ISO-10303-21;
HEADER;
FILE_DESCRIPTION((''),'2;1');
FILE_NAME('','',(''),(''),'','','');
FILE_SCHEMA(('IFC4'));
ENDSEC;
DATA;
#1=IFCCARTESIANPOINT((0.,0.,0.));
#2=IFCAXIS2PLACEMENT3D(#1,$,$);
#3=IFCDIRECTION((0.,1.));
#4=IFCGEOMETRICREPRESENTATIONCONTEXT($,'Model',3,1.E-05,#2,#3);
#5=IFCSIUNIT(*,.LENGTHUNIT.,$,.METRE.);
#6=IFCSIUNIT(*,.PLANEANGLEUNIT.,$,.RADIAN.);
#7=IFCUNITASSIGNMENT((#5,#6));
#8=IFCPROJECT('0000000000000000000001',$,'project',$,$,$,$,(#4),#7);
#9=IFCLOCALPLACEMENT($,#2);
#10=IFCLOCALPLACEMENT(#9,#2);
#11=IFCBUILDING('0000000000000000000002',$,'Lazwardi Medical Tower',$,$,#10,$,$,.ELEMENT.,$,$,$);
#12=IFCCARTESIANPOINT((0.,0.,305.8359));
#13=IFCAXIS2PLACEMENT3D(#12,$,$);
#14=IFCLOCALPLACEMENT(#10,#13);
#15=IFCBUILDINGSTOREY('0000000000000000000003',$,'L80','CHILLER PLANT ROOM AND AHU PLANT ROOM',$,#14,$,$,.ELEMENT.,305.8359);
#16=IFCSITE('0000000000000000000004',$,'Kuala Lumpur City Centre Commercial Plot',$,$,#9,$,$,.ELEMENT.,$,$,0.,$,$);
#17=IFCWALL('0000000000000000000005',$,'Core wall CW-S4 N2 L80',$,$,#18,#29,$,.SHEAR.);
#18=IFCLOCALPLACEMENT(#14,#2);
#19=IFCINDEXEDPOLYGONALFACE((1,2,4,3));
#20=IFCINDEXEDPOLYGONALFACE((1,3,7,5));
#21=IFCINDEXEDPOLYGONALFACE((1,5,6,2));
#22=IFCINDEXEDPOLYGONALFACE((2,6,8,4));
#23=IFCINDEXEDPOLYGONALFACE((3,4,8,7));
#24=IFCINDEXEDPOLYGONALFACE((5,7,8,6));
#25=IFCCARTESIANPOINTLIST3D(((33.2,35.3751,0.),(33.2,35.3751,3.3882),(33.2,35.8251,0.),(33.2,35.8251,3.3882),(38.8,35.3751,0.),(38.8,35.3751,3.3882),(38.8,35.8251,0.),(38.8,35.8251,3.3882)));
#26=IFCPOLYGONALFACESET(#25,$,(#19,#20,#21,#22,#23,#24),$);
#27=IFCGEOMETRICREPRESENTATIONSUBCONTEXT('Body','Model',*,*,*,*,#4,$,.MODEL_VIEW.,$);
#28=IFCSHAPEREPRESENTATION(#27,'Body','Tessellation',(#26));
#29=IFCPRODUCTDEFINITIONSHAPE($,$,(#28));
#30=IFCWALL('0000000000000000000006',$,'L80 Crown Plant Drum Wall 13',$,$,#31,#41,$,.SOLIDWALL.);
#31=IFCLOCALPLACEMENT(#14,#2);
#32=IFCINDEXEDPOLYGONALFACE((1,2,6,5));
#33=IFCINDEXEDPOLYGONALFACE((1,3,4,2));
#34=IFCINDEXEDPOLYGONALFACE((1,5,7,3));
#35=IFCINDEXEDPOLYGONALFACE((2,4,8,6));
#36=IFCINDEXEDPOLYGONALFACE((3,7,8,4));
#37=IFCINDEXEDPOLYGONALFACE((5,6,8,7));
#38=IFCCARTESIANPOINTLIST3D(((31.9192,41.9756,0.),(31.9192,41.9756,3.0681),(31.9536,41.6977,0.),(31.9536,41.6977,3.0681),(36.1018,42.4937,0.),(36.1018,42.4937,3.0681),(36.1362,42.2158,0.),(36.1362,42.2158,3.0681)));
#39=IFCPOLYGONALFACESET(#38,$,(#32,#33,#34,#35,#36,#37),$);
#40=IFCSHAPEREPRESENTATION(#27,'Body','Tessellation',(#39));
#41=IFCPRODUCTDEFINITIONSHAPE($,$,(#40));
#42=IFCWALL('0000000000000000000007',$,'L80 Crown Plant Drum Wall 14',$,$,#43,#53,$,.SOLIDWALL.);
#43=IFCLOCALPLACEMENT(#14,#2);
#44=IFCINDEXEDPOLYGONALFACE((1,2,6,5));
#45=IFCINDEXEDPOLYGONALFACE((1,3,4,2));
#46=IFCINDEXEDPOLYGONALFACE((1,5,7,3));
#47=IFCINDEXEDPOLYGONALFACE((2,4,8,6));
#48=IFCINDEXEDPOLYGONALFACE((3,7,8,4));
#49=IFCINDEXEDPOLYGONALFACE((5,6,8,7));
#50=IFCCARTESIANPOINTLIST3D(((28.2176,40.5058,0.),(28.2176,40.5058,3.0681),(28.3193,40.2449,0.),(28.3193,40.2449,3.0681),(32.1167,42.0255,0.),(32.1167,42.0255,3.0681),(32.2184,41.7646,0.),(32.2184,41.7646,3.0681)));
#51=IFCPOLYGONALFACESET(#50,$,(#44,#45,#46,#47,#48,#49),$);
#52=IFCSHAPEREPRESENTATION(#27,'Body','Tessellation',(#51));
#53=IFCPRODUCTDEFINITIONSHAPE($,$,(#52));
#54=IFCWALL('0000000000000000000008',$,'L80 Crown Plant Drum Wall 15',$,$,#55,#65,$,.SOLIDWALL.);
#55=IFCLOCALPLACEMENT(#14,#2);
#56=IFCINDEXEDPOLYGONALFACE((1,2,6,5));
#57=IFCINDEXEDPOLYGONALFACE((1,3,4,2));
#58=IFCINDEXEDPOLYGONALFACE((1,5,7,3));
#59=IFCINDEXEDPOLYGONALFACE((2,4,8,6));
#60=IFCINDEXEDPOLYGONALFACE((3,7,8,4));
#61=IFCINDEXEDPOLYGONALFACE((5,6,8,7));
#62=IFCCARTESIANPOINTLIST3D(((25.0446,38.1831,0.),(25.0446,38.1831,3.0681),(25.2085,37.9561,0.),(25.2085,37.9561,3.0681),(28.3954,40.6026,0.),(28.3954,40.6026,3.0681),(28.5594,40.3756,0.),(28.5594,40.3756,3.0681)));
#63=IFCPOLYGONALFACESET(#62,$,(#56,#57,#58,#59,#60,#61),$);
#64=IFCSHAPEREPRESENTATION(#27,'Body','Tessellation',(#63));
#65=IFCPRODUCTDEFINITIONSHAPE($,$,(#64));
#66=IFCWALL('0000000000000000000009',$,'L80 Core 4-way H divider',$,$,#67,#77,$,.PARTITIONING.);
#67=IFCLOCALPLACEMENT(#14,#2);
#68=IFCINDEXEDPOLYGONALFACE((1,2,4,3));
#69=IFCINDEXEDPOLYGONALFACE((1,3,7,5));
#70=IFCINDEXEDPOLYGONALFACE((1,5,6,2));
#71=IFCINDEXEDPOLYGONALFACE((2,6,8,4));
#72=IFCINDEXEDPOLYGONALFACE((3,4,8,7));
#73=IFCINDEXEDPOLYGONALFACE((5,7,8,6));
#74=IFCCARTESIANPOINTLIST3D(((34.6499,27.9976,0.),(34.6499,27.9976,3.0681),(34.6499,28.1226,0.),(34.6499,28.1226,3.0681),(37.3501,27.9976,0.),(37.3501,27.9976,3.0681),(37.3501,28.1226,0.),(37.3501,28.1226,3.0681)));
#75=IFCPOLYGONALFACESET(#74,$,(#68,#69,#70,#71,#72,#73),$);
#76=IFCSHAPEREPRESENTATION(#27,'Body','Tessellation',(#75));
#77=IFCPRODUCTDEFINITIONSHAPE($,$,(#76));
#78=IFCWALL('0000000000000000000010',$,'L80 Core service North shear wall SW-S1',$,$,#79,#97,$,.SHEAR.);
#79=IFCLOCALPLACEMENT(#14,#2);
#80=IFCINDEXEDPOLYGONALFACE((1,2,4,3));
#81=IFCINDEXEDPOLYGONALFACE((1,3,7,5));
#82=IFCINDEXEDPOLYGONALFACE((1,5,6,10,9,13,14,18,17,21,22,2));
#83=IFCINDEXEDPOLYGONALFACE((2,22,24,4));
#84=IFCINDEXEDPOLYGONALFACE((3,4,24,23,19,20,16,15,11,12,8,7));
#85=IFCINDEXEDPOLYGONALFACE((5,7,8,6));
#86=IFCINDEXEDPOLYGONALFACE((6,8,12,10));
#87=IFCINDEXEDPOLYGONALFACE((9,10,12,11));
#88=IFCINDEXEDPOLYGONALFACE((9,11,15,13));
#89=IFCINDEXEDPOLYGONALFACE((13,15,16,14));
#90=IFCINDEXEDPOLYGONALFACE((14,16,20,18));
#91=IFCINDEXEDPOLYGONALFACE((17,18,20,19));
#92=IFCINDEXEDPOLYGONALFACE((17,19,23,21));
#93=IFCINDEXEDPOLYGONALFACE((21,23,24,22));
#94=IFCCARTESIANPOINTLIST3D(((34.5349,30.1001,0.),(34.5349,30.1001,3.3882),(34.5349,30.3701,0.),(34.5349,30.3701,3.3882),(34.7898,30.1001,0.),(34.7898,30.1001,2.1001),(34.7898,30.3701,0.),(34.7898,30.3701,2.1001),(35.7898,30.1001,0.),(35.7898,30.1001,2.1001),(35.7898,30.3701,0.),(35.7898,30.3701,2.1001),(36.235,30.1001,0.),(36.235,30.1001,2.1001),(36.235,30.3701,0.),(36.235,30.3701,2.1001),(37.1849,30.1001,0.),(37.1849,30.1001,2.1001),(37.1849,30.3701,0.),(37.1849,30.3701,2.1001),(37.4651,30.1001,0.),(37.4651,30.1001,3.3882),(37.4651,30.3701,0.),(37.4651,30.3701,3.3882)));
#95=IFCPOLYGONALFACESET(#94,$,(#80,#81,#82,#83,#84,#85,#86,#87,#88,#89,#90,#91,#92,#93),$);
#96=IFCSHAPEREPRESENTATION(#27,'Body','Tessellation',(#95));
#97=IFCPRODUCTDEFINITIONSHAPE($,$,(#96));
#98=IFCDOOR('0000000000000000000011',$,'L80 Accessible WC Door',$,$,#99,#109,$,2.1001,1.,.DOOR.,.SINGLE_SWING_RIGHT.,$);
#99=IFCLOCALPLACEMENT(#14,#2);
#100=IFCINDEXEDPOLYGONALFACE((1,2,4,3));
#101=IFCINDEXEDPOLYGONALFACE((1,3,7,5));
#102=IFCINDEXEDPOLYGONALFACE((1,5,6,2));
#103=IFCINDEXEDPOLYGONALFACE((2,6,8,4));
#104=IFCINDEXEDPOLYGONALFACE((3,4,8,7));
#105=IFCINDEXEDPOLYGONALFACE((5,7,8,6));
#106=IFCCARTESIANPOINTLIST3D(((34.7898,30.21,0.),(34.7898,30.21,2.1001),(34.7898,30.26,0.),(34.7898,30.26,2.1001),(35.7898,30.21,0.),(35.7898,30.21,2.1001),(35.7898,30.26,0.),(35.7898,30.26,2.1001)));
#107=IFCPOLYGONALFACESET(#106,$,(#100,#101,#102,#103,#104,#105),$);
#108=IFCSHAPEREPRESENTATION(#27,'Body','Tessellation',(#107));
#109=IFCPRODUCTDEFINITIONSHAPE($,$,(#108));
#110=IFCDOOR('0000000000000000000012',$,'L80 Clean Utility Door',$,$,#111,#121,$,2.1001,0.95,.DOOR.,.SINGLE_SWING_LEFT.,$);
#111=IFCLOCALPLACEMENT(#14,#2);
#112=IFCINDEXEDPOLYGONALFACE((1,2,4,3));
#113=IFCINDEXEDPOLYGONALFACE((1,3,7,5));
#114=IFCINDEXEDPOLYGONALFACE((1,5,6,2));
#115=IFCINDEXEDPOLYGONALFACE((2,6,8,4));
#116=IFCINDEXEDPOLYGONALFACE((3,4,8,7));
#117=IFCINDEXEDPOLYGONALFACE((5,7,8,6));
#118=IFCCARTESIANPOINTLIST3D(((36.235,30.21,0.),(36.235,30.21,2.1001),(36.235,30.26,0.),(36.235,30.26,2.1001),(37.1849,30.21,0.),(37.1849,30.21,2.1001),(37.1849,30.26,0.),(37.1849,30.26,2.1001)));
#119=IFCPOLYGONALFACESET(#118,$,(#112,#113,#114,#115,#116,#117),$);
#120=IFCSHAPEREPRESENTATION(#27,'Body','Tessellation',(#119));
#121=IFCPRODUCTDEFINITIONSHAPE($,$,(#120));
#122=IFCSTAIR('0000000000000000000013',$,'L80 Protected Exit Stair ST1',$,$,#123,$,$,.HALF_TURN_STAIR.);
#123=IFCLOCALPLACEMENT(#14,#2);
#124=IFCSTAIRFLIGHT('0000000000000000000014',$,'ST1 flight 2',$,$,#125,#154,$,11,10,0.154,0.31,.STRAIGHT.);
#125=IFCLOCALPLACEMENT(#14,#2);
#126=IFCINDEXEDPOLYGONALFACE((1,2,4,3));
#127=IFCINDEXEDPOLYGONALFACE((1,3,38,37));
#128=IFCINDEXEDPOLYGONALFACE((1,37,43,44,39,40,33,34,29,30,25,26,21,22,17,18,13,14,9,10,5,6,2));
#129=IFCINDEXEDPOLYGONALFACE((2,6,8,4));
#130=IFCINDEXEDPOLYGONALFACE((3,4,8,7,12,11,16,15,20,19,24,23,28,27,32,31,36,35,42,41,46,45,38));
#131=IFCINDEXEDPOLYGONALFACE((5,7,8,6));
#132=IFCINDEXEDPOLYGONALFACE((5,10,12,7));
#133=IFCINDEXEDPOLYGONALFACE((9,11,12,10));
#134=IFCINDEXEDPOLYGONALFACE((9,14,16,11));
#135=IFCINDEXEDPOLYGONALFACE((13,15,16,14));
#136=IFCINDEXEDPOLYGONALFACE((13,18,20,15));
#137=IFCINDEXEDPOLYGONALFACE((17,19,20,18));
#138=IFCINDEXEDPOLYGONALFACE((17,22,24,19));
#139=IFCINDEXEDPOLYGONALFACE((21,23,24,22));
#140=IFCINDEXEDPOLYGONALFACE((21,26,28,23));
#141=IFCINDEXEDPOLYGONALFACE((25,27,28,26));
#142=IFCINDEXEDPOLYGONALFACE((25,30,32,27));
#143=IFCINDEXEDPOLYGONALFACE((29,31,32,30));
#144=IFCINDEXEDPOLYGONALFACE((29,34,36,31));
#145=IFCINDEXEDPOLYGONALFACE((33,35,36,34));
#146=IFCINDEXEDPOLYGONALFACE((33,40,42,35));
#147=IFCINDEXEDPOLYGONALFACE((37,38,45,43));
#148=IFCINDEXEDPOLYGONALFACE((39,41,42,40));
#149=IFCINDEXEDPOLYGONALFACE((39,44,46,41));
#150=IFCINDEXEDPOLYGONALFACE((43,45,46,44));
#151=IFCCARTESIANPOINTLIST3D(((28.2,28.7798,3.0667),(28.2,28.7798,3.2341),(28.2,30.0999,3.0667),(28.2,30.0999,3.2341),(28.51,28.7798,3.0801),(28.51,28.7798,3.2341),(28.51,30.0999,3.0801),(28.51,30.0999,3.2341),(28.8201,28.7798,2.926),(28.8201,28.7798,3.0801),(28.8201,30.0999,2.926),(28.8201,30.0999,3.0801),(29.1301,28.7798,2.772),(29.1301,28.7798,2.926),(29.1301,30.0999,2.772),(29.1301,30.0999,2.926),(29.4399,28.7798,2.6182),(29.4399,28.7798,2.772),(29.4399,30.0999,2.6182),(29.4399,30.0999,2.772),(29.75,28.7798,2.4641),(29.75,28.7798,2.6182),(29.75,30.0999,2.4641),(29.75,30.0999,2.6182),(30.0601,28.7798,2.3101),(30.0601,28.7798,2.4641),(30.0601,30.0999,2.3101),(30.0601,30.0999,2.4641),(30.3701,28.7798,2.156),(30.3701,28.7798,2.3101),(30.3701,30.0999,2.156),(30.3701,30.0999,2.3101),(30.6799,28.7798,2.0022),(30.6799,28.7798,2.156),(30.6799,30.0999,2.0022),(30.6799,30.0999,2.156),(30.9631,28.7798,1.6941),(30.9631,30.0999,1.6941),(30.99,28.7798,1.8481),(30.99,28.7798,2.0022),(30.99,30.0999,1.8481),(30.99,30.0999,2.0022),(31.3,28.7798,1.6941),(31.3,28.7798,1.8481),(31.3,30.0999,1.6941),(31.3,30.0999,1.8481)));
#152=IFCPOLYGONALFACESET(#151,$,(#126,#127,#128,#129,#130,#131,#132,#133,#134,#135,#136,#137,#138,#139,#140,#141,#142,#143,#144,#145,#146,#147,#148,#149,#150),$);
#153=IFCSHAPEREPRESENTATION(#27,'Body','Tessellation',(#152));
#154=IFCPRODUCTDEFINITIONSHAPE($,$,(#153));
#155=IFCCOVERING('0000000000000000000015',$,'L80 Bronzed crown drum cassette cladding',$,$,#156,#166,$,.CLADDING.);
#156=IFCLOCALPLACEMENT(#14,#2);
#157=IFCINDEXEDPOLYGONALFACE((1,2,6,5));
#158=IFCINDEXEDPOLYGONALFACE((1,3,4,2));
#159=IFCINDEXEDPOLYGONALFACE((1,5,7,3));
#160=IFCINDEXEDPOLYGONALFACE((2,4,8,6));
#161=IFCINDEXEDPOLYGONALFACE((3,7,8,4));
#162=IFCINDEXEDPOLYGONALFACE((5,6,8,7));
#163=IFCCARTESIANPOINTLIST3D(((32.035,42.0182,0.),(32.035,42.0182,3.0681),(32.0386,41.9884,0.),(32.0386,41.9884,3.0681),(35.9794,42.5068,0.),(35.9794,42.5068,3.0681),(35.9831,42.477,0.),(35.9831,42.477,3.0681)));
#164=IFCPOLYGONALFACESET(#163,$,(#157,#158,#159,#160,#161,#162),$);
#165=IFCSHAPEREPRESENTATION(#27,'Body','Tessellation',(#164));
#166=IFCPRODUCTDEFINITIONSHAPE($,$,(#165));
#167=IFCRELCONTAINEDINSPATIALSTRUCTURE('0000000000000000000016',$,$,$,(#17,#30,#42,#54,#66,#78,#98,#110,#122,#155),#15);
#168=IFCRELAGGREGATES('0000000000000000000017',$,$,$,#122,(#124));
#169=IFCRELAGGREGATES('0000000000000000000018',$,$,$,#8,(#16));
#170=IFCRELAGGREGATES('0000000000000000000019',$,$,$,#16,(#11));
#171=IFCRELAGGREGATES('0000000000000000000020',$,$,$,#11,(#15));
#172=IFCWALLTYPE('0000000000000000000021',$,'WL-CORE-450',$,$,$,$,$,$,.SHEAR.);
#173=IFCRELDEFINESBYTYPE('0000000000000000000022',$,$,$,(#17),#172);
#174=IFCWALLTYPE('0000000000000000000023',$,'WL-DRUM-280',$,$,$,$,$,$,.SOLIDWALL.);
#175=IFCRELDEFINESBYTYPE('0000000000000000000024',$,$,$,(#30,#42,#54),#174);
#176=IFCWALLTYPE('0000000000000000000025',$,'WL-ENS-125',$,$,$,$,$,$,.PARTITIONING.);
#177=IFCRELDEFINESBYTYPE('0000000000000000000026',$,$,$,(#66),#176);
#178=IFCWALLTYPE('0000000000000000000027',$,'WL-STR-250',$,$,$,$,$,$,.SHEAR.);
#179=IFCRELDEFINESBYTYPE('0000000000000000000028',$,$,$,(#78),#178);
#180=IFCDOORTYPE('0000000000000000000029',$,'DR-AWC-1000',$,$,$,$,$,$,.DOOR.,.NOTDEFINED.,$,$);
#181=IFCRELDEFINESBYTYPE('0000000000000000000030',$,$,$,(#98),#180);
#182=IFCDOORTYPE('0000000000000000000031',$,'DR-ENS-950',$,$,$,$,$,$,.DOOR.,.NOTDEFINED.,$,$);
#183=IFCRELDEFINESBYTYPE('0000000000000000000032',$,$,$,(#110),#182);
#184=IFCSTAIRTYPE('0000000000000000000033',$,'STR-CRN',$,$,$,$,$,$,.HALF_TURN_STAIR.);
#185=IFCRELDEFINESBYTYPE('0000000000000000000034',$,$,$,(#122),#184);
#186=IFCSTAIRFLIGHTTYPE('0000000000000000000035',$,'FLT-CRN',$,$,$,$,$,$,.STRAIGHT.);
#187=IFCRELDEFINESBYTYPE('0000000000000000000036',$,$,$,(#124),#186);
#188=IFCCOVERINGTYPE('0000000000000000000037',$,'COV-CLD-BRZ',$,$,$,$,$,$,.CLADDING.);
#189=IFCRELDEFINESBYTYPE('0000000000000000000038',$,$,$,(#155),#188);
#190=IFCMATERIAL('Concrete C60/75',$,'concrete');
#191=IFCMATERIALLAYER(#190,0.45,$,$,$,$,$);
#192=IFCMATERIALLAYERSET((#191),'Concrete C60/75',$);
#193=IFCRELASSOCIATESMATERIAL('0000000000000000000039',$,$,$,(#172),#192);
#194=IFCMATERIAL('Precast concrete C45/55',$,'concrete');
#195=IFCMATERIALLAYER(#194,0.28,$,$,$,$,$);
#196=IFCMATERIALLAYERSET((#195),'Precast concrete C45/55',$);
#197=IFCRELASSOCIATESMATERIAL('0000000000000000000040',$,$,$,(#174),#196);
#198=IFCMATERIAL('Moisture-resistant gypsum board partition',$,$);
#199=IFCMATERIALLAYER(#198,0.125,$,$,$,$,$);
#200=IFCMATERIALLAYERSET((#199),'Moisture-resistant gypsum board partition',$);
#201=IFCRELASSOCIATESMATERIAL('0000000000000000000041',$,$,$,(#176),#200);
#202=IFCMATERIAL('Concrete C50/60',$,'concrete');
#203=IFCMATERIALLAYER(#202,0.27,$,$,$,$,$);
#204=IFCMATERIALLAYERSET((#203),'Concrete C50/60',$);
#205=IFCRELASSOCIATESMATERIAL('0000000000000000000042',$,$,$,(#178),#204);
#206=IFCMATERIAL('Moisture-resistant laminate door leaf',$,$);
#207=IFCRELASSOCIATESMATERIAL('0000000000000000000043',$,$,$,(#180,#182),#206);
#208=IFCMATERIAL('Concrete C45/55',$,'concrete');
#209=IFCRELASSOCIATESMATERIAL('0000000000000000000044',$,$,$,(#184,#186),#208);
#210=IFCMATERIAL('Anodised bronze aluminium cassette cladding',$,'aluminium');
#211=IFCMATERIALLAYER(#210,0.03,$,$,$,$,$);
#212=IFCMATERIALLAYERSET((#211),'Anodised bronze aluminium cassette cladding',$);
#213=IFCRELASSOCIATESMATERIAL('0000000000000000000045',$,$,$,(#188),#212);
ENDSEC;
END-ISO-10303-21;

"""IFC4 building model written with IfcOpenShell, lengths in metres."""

from ifc_helpers import new_model, si_unit, direction, frame, frame_2d, origin, origin_2d, place, context, subcontext, project, spatial, polyline, rectangle, outline, extrude, material, layer, layer_set, type_object, element, fill, aggregate, save


model = new_model("IFC4")

# Units and contexts
model_context = context("Model", 3, precision=1e-05, world=origin(), true_north=direction((0.0, 1.0)))
body_context = subcontext(model_context, "Body", "Model", "MODEL_VIEW")
ifc_project = project(units=[si_unit("LENGTHUNIT", "METRE"), si_unit("PLANEANGLEUNIT", "RADIAN")], contexts=[model_context])

# Site, building, storey
site_placement = place(None, origin())
site = spatial("IfcSite", under=ifc_project, at=site_placement, Name="Kuala Lumpur City Centre Commercial Plot", CompositionType="ELEMENT", RefElevation=0.0)
building_placement = place(site_placement, origin())
building = spatial("IfcBuilding", under=site, at=building_placement, Name="Lazwardi Medical Tower", CompositionType="ELEMENT")
storey_placement = place(building_placement, frame((0.0, 0.0, 305.8359)))
storey = spatial("IfcBuildingStorey", under=building, at=storey_placement, Name="L80", Description="CHILLER PLANT ROOM AND AHU PLANT ROOM", CompositionType="ELEMENT", Elevation=305.8359)

# Shared definitions
ifc_material_1 = material(Name="Concrete C60/75", Category="concrete")

# Walls
ifc_layer_1 = layer(ifc_material_1, 0.45)
ifc_layer_set_1 = layer_set([ifc_layer_1], Name="Concrete C60/75")
wall_type_1 = type_object("IfcWallType", Name="WL-CORE-450", PredefinedType="SHEAR", material=ifc_layer_set_1)
wall_1_placement = place(storey_placement, frame((33.2, 35.6001, 0.0), z_axis=(0.0, 0.0, 1.0), x_axis=(1.0, 0.0, 0.0)))
element("IfcWall", 1, at=wall_1_placement, inside=storey, type_object=wall_type_1, Name="Core wall CW-S4 N2 L80", PredefinedType="SHEAR", context=body_context, shape_type="SweptSolid", body=[
    extrude(rectangle(XDim=5.6001, YDim=0.45, at=frame_2d((2.8, 0.0))), origin(), (0.0, 0.0, 1.0), 3.3882),
])
ifc_material_2 = material(Name="Precast concrete C45/55", Category="concrete")
ifc_layer_2 = layer(ifc_material_2, 0.28)
ifc_layer_set_2 = layer_set([ifc_layer_2], Name="Precast concrete C45/55")
wall_type_2 = type_object("IfcWallType", Name="WL-DRUM-280", PredefinedType="SOLIDWALL", material=ifc_layer_set_2)
wall_2_placement = place(storey_placement, frame((36.1191, 42.3547, 0.0), z_axis=(0.0, 0.0, 1.0), x_axis=(-0.992416, -0.122922, 0.0)))
element("IfcWall", 2, at=wall_2_placement, inside=storey, type_object=wall_type_2, Name="L80 Crown Plant Drum Wall 13", PredefinedType="SOLIDWALL", context=body_context, shape_type="SweptSolid", body=[
    extrude(rectangle(XDim=4.2146, YDim=0.28, at=frame_2d((2.1074, 0.0))), origin(), (0.0, 0.0, 1.0), 3.0681),
])
wall_3_placement = place(storey_placement, frame((32.1675, 41.895, 0.0), z_axis=(0.0, 0.0, 1.0), x_axis=(-0.931727, -0.363158, 0.0)))
element("IfcWall", 3, at=wall_3_placement, inside=storey, type_object=wall_type_2, Name="L80 Crown Plant Drum Wall 14", PredefinedType="SOLIDWALL", context=body_context, shape_type="SweptSolid", body=[
    extrude(rectangle(XDim=4.1848, YDim=0.28, at=frame_2d((2.0923, 0.0))), origin(), (0.0, 0.0, 1.0), 3.0681),
])
wall_4_placement = place(storey_placement, frame((28.4773, 40.489, 0.0), z_axis=(0.0, 0.0, 1.0), x_axis=(-0.810749, -0.585393, 0.0)))
element("IfcWall", 4, at=wall_4_placement, inside=storey, type_object=wall_type_2, Name="L80 Crown Plant Drum Wall 15", PredefinedType="SOLIDWALL", context=body_context, shape_type="SweptSolid", body=[
    extrude(rectangle(XDim=4.1331, YDim=0.28, at=frame_2d((2.0664, 0.0))), origin(), (0.0, 0.0, 1.0), 3.0681),
])
ifc_material_3 = material(Name="Moisture-resistant gypsum board partition")
ifc_layer_3 = layer(ifc_material_3, 0.125)
ifc_layer_set_3 = layer_set([ifc_layer_3], Name="Moisture-resistant gypsum board partition")
wall_type_3 = type_object("IfcWallType", Name="WL-ENS-125", PredefinedType="PARTITIONING", material=ifc_layer_set_3)
wall_5_placement = place(storey_placement, frame((34.6499, 28.0601, 0.0), z_axis=(0.0, 0.0, 1.0), x_axis=(1.0, 0.0, 0.0)))
element("IfcWall", 5, at=wall_5_placement, inside=storey, type_object=wall_type_3, Name="L80 Core 4-way H divider", PredefinedType="PARTITIONING", context=body_context, shape_type="SweptSolid", body=[
    extrude(rectangle(XDim=2.7002, YDim=0.125, at=frame_2d((1.3501, 0.0))), origin(), (0.0, 0.0, 1.0), 3.0681),
])

# Wall, openings, doors
ifc_material_4 = material(Name="Concrete C50/60", Category="concrete")
ifc_layer_4 = layer(ifc_material_4, 0.27)
ifc_layer_set_4 = layer_set([ifc_layer_4], Name="Concrete C50/60")
wall_type_4 = type_object("IfcWallType", Name="WL-STR-250", PredefinedType="SHEAR", material=ifc_layer_set_4)
wall_6_placement = place(storey_placement, frame((34.5349, 30.2351, 0.0), z_axis=(0.0, 0.0, 1.0), x_axis=(1.0, 0.0, 0.0)))
wall_6 = element("IfcWall", 6, at=wall_6_placement, inside=storey, type_object=wall_type_4, Name="L80 Core service North shear wall SW-S1", PredefinedType="SHEAR", context=body_context, shape_type="SweptSolid", body=[
    extrude(rectangle(XDim=2.9302, YDim=0.27, at=frame_2d((1.4651, 0.0))), origin(), (0.0, 0.0, 1.0), 3.3882),
])
opening_1_placement = place(wall_6_placement, frame((0.2549, 0.0, 0.0)))
opening_1 = element("IfcOpeningElement", 7, at=opening_1_placement, cuts=wall_6, PredefinedType="OPENING", context=body_context, shape_type="SweptSolid", body=[
    extrude(rectangle(XDim=1.0, YDim=2.1001, at=frame_2d((0.5, 1.05))), frame((0.0, 0.145, 0.0), z_axis=(0.0, -1.0, 0.0), x_axis=(1.0, 0.0, 0.0)), (0.0, 0.0, 1.0), 0.29),
])
opening_2_placement = place(wall_6_placement, frame((1.7, 0.0, 0.0)))
opening_2 = element("IfcOpeningElement", 8, at=opening_2_placement, cuts=wall_6, PredefinedType="OPENING", context=body_context, shape_type="SweptSolid", body=[
    extrude(rectangle(XDim=0.95, YDim=2.1001, at=frame_2d((0.4751, 1.05))), frame((0.0, 0.145, 0.0), z_axis=(0.0, -1.0, 0.0), x_axis=(1.0, 0.0, 0.0)), (0.0, 0.0, 1.0), 0.29),
])
ifc_material_5 = material(Name="Moisture-resistant laminate door leaf")
door_type_1 = type_object("IfcDoorType", Name="DR-AWC-1000", OperationType="NOTDEFINED", PredefinedType="DOOR", material=ifc_material_5)
door_1_placement = place(opening_1_placement, origin())
door_1 = element("IfcDoor", 9, at=door_1_placement, inside=storey, type_object=door_type_1, Name="L80 Accessible WC Door", OperationType="SINGLE_SWING_RIGHT", OverallHeight=2.1001, OverallWidth=1.0, PredefinedType="DOOR", context=body_context, shape_type="SweptSolid", body=[
    extrude(rectangle(XDim=1.0, YDim=2.1001, at=frame_2d((0.5, 1.05))), frame((0.0, 0.0249, 0.0), z_axis=(0.0, -1.0, 0.0), x_axis=(1.0, 0.0, 0.0)), (0.0, 0.0, 1.0), 0.05),
])
fill(opening_1, door_1)
door_type_2 = type_object("IfcDoorType", Name="DR-ENS-950", OperationType="NOTDEFINED", PredefinedType="DOOR", material=ifc_material_5)
door_2_placement = place(opening_2_placement, origin())
door_2 = element("IfcDoor", 10, at=door_2_placement, inside=storey, type_object=door_type_2, Name="L80 Clean Utility Door", OperationType="SINGLE_SWING_LEFT", OverallHeight=2.1001, OverallWidth=0.95, PredefinedType="DOOR", context=body_context, shape_type="SweptSolid", body=[
    extrude(rectangle(XDim=0.95, YDim=2.1001, at=frame_2d((0.4751, 1.05))), frame((0.0, 0.0249, 0.0), z_axis=(0.0, -1.0, 0.0), x_axis=(1.0, 0.0, 0.0)), (0.0, 0.0, 1.0), 0.05),
])
fill(opening_2, door_2)

# Stair, stair flight
ifc_material_6 = material(Name="Concrete C45/55", Category="concrete")
stair_type = type_object("IfcStairType", Name="STR-CRN", PredefinedType="HALF_TURN_STAIR", material=ifc_material_6)
stair_placement = place(storey_placement, origin())
stair = element("IfcStair", 11, at=stair_placement, inside=storey, type_object=stair_type, Name="L80 Protected Exit Stair ST1", PredefinedType="HALF_TURN_STAIR")
stair_flight_type = type_object("IfcStairFlightType", Name="FLT-CRN", PredefinedType="STRAIGHT", material=ifc_material_6)
stair_flight_placement = place(storey_placement, frame((31.3, 29.4399, 1.6941), z_axis=(0.0, 0.0, 1.0), x_axis=(-1.0, 0.0, 0.0)))
stair_flight = element("IfcStairFlight", 12, at=stair_flight_placement, type_object=stair_flight_type, Name="ST1 flight 2", NumberOfRisers=11, NumberOfTreads=10, PredefinedType="STRAIGHT", RiserHeight=0.154, TreadLength=0.31, context=body_context, shape_type="SweptSolid", body=[
    extrude(outline(polyline([(0.0, 0.0), (0.0, 0.1541), (0.3101, 0.1541), (0.3101, 0.3081), (0.6201, 0.3081), (0.6201, 0.4619), (0.9299, 0.4619), (0.9299, 0.616), (1.24, 0.616), (1.24, 0.77), (1.55, 0.77), (1.55, 0.9241), (1.8601, 0.9241), (1.8601, 1.0779), (2.1699, 1.0779), (2.1699, 1.2319), (2.48, 1.2319), (2.48, 1.386), (2.79, 1.386), (2.79, 1.54), (3.1001, 1.54), (3.1001, 1.6941), (3.1001, 1.3726), (0.3369, 0.0), (0.0, 0.0)])), frame((0.0, 0.6602, 0.0), z_axis=(0.0, -1.0, 0.0), x_axis=(1.0, 0.0, 0.0)), (0.0, 0.0, 1.0), 1.3201),
])
aggregate(stair, [stair_flight])

# Covering
ifc_material_7 = material(Name="Anodised bronze aluminium cassette cladding", Category="aluminium")
ifc_layer_5 = layer(ifc_material_7, 0.03)
ifc_layer_set_5 = layer_set([ifc_layer_5], Name="Anodised bronze aluminium cassette cladding")
covering_type = type_object("IfcCoveringType", Name="COV-CLD-BRZ", PredefinedType="CLADDING", material=ifc_layer_set_5)
covering_1_placement = place(storey_placement, frame((34.009, 42.2476, 0.0), z_axis=(0.0, 0.0, 1.0), x_axis=(-0.992415, -0.122933, 0.0)))
element("IfcCovering", 13, at=covering_1_placement, inside=storey, type_object=covering_type, Name="L80 Bronzed crown drum cassette cladding", PredefinedType="CLADDING", context=body_context, shape_type="SweptSolid", body=[
    extrude(rectangle(XDim=3.9746, YDim=0.03, at=origin_2d()), origin(), (0.0, 0.0, 1.0), 3.0681),
])

save(model, "model.ifc")
